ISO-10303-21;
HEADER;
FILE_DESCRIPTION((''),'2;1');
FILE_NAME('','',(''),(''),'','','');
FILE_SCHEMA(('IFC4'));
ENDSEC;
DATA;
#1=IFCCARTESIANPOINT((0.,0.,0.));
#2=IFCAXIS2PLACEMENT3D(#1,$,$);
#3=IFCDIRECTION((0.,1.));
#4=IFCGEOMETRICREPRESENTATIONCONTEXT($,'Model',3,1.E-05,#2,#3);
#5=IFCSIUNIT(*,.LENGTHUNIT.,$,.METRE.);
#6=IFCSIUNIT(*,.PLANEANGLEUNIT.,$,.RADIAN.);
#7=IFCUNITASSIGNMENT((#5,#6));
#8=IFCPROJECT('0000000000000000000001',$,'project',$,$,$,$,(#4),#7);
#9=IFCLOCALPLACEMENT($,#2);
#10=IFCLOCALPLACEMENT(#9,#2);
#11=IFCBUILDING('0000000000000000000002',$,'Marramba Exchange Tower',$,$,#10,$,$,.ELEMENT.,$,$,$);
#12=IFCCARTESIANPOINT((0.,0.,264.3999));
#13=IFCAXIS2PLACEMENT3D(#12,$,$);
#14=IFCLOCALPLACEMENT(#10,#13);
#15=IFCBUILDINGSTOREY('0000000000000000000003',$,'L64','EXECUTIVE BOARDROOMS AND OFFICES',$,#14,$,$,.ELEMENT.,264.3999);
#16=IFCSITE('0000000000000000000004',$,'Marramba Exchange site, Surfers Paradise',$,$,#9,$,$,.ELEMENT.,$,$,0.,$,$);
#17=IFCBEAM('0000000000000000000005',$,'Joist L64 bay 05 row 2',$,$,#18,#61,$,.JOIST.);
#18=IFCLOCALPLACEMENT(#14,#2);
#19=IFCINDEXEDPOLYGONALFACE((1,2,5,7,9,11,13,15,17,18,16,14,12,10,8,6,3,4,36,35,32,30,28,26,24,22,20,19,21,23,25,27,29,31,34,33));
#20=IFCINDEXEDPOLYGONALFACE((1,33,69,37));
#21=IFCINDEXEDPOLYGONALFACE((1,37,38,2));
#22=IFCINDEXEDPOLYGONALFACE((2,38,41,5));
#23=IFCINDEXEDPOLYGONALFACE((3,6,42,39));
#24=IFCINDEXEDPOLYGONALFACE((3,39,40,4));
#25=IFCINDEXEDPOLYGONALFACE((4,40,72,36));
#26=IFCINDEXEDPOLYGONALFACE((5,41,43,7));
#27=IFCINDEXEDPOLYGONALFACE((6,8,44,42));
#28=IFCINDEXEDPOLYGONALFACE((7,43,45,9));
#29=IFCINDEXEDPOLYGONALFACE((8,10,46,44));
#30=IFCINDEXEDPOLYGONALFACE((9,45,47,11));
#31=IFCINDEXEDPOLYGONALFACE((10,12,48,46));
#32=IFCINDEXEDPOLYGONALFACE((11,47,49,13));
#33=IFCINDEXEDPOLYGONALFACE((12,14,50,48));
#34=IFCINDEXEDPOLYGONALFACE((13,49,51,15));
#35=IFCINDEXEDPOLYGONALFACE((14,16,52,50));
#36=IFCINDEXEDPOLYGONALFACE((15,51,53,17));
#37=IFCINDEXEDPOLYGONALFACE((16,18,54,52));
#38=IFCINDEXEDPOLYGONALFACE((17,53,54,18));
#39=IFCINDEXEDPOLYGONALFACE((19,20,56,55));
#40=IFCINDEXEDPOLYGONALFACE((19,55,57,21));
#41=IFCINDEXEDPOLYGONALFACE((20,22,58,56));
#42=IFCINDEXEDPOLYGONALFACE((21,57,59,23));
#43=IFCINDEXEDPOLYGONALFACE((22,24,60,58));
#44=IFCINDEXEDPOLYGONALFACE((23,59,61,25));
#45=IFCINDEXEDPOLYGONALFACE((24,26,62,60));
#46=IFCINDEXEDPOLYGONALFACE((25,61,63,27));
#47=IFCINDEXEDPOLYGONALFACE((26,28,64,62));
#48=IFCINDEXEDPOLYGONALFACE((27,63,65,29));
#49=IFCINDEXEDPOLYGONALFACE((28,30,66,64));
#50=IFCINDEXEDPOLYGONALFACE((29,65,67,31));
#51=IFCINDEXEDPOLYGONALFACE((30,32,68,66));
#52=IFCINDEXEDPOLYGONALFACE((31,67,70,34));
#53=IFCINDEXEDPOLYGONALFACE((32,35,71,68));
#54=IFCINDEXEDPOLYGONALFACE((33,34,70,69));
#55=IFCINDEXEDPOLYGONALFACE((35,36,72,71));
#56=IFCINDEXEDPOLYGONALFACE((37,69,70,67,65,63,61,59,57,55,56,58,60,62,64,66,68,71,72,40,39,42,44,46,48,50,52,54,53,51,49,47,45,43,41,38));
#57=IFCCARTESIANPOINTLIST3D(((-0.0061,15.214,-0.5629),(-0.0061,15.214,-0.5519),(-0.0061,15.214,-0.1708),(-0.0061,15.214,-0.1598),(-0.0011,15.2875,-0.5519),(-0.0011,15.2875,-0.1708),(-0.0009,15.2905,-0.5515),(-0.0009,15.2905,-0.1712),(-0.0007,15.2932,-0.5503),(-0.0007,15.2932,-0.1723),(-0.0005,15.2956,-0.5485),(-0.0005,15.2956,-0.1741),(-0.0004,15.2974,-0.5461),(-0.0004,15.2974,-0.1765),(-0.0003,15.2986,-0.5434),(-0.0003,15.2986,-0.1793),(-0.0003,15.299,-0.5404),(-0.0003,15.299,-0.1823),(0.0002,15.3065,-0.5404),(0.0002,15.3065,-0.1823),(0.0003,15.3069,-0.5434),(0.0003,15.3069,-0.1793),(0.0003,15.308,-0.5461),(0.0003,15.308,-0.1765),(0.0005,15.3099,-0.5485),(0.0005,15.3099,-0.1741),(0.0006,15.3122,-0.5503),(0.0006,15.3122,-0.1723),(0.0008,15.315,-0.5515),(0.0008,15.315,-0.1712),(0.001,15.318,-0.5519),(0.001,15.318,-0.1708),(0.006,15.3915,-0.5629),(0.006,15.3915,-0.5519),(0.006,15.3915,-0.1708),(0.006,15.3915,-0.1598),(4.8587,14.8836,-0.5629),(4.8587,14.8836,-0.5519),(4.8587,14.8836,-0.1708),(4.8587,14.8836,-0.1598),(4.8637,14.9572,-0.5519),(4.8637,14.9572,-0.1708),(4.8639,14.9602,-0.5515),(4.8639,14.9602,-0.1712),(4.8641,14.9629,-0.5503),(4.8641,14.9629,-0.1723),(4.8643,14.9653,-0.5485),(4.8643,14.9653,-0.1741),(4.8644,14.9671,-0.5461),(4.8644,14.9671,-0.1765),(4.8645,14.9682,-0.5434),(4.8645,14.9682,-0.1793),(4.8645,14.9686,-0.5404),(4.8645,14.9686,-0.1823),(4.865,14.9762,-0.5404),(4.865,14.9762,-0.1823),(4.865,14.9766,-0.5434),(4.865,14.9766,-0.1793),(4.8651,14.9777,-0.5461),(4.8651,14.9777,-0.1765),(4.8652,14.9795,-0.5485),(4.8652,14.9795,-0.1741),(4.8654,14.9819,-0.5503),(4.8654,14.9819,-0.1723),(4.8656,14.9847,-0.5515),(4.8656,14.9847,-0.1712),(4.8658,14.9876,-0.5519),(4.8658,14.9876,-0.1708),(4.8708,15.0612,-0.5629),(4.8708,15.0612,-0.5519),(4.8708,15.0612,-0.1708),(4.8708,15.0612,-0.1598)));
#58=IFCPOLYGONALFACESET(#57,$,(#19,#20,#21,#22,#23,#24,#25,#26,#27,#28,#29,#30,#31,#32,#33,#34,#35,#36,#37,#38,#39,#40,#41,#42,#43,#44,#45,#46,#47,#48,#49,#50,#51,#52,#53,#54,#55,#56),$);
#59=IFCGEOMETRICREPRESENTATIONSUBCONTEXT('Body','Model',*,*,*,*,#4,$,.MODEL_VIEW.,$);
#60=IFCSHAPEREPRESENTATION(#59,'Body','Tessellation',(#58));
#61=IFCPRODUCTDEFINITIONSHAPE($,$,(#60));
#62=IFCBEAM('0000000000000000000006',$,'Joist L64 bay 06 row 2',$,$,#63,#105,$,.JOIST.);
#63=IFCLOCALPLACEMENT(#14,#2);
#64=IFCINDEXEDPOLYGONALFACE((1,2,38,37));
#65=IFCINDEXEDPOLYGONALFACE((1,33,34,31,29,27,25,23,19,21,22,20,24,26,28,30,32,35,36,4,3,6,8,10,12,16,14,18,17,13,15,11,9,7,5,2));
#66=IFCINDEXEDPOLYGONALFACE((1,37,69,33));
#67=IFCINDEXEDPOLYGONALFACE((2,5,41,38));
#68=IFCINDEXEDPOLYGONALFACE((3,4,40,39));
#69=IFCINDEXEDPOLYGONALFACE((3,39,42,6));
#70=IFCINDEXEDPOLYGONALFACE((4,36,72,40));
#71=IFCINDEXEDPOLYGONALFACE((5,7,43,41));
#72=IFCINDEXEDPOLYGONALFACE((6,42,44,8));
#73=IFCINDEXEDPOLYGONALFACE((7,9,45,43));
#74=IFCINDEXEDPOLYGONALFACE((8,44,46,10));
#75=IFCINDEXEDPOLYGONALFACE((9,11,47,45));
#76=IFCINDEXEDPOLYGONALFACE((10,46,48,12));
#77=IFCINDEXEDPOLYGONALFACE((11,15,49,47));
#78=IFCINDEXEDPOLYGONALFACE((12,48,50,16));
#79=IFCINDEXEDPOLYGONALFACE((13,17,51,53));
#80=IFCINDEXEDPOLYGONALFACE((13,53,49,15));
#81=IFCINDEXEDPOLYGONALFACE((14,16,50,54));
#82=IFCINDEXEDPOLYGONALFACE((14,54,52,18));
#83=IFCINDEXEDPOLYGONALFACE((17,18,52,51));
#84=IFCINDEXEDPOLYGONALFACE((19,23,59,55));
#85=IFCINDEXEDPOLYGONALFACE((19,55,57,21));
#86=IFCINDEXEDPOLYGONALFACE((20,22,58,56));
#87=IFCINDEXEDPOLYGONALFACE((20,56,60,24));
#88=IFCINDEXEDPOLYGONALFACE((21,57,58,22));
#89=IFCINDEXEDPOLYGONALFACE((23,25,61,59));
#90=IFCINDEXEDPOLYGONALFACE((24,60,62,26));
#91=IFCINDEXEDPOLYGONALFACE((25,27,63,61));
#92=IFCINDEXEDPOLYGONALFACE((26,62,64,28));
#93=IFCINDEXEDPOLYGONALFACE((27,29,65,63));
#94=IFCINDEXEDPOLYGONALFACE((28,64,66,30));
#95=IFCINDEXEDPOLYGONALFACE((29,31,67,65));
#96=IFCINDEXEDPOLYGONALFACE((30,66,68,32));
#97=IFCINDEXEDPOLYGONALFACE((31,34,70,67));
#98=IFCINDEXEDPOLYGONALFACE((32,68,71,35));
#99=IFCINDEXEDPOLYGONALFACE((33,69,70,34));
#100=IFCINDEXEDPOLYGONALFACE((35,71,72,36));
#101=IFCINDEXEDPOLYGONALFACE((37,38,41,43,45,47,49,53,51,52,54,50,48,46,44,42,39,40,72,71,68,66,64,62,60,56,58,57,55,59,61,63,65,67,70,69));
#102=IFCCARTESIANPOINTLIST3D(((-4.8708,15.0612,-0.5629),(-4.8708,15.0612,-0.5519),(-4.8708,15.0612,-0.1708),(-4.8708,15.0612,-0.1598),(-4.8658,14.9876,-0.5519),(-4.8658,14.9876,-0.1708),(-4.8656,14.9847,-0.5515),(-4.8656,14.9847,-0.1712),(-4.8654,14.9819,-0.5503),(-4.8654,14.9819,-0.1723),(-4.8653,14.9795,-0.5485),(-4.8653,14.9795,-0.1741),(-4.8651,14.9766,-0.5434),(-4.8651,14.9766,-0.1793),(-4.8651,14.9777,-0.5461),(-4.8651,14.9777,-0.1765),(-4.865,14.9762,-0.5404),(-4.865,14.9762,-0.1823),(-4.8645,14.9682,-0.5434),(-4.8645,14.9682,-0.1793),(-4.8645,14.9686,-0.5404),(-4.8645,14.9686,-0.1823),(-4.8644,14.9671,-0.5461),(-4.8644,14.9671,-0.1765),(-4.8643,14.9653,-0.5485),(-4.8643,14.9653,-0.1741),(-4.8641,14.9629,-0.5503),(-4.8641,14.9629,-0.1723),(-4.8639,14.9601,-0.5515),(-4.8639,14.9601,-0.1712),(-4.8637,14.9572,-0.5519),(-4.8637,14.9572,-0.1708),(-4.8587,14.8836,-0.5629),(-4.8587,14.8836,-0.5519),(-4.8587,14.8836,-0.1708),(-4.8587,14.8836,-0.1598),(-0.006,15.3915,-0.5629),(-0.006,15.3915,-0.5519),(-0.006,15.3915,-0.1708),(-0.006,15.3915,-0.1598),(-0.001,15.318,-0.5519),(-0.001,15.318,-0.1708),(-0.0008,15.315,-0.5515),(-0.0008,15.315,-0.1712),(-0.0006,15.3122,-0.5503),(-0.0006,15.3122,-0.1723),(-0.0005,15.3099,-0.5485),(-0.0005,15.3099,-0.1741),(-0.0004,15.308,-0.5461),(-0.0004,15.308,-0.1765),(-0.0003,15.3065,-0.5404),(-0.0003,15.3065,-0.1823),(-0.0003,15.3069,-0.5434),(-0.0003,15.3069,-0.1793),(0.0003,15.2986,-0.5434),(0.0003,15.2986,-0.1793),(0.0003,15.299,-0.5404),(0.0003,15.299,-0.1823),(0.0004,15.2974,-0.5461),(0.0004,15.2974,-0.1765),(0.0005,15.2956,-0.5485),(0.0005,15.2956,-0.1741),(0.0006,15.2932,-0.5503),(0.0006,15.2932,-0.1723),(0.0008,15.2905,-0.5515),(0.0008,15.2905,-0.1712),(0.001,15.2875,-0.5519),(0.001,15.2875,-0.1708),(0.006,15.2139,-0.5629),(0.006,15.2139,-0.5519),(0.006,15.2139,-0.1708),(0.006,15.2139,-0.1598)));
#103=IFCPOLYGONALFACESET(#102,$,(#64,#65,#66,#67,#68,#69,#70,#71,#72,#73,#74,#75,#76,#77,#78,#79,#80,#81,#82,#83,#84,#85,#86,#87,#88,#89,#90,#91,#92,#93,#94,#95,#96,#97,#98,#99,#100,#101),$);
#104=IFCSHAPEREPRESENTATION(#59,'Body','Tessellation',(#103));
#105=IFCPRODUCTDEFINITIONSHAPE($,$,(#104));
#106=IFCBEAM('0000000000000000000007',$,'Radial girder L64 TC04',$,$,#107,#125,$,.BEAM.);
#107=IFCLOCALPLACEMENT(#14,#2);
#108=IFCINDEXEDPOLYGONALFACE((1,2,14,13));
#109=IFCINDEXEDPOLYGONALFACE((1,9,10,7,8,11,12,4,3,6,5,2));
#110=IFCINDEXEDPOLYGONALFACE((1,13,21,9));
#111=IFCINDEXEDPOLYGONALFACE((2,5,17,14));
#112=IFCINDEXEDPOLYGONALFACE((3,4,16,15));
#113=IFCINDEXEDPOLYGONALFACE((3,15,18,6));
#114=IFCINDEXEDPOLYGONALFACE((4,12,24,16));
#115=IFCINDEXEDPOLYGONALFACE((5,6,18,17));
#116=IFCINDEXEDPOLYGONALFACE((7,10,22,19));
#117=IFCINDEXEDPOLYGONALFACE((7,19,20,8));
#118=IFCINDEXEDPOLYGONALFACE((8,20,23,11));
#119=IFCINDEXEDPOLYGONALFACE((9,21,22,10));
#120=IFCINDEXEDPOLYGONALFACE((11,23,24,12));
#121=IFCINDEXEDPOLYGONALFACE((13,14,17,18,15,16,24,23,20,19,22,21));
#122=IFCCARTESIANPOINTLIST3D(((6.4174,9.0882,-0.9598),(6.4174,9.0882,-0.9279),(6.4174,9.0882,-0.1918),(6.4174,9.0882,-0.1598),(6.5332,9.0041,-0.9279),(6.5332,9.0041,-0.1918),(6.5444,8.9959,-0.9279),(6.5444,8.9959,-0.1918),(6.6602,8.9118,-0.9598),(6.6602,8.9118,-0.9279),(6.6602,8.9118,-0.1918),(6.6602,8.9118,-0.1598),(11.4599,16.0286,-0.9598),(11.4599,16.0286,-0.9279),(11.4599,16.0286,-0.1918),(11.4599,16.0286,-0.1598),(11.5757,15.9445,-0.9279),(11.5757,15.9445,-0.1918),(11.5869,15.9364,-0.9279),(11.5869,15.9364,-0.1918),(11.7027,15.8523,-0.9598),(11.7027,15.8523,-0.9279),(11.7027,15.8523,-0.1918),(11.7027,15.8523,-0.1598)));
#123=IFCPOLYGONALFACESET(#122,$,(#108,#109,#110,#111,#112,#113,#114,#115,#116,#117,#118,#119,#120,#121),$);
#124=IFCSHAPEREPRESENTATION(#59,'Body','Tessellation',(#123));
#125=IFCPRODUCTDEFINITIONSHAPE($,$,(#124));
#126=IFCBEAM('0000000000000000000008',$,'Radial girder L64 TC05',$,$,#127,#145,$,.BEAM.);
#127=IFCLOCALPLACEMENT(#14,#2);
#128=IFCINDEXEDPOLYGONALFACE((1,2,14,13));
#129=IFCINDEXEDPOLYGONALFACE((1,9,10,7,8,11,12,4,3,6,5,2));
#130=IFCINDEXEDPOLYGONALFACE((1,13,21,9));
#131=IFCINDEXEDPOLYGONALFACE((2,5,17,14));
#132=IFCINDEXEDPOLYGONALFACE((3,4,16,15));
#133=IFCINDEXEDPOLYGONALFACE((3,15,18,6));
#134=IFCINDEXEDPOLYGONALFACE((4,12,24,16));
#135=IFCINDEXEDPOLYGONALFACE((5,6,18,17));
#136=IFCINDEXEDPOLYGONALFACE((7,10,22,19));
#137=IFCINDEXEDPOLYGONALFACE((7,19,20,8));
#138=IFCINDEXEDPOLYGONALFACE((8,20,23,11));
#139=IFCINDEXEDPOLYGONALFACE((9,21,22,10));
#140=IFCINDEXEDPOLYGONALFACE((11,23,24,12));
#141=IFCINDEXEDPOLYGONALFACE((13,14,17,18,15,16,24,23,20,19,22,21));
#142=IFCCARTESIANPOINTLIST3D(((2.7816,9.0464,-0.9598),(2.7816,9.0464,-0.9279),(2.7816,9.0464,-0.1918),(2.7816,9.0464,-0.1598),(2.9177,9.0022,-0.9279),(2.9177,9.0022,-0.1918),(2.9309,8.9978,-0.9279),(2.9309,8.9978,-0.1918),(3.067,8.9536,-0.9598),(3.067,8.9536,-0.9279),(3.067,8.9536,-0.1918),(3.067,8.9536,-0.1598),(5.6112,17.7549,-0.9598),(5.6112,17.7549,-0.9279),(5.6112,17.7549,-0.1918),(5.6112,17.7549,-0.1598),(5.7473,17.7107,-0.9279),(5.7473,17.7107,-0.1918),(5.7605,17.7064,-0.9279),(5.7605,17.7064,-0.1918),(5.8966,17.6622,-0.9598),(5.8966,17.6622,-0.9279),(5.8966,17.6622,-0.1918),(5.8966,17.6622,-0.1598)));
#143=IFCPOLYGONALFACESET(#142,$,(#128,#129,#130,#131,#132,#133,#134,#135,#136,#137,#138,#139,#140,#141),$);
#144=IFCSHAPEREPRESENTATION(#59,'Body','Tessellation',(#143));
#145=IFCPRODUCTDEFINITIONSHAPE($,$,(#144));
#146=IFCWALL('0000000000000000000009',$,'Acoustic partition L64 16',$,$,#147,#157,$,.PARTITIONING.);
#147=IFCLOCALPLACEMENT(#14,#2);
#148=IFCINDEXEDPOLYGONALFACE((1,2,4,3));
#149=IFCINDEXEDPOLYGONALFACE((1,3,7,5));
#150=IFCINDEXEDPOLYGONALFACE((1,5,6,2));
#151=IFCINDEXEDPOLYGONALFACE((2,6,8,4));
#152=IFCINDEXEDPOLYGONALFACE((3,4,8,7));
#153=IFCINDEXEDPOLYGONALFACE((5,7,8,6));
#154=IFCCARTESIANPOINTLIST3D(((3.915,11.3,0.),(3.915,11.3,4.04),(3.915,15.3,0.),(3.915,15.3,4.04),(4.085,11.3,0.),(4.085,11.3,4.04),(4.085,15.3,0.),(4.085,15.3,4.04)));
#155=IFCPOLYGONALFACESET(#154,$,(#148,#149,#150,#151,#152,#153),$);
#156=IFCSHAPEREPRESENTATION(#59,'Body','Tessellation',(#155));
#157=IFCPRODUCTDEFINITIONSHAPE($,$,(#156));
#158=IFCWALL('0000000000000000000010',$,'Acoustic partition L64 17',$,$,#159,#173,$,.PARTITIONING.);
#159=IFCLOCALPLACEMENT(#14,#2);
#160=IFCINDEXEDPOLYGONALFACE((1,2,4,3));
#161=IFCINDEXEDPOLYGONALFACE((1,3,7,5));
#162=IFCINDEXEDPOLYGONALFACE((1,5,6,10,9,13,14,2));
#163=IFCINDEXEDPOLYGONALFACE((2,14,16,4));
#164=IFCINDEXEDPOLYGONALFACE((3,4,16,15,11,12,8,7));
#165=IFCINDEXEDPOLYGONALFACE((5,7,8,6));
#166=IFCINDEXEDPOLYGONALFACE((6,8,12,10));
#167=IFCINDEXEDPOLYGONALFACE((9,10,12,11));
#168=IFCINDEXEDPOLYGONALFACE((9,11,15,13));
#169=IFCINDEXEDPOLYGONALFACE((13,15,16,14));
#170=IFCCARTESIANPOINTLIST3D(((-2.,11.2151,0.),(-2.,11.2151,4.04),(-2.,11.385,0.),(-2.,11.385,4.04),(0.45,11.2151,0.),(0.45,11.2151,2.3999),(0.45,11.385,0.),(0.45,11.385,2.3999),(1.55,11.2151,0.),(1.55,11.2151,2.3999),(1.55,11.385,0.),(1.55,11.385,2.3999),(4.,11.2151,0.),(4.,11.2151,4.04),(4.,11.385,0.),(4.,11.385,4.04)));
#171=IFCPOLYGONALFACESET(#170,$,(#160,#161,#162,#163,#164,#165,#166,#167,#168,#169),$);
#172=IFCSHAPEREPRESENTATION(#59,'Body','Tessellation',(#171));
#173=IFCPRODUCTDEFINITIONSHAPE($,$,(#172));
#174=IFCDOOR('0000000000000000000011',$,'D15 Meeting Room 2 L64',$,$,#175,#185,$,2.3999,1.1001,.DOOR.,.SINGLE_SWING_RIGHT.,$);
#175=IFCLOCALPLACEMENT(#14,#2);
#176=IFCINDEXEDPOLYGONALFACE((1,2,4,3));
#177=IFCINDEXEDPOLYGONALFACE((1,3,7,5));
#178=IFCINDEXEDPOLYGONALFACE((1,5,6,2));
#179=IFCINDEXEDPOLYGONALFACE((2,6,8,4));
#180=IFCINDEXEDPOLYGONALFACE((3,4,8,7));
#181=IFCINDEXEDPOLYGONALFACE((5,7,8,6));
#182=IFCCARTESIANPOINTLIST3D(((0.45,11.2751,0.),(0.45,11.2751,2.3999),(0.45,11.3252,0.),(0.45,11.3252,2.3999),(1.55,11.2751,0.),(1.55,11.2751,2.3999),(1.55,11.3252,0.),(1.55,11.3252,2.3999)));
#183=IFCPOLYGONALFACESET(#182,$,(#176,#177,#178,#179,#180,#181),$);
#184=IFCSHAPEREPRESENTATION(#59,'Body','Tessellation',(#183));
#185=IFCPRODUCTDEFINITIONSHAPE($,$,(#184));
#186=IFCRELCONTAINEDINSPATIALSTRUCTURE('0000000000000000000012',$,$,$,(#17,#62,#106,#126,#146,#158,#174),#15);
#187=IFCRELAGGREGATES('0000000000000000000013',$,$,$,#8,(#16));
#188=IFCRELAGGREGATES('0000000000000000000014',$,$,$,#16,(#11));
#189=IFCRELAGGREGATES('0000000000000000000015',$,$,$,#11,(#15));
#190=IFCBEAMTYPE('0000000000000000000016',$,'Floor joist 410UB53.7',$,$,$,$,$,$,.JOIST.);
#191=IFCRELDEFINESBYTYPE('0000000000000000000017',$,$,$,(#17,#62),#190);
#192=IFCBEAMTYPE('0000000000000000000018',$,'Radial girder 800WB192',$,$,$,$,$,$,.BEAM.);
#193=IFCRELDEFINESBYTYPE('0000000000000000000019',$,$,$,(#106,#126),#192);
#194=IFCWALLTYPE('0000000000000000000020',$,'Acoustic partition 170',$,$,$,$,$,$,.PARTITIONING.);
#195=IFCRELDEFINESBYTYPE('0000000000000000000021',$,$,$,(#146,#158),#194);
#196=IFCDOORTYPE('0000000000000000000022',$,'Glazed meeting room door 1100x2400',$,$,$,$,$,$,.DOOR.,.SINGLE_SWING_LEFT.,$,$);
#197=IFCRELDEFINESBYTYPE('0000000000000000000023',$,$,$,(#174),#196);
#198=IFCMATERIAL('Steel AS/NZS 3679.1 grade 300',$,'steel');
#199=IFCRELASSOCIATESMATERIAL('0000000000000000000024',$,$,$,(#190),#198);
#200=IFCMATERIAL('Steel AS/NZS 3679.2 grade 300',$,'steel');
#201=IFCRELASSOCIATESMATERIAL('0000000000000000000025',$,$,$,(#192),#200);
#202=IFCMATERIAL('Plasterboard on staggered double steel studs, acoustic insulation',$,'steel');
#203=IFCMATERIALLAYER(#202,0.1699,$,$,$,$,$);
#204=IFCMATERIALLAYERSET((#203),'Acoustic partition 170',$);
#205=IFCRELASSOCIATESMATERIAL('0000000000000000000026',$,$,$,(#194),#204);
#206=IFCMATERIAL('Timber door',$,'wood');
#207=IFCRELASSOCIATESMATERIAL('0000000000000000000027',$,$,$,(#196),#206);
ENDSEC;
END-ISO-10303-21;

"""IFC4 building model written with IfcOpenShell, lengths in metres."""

from ifc_helpers import new_model, si_unit, direction, frame, frame_2d, origin, origin_2d, place, context, subcontext, project, spatial, rectangle, i_section, extrude, material, layer, layer_set, material_profile, profile_set, type_object, element, fill, save


model = new_model("IFC4")

# Units and contexts
model_context = context("Model", 3, precision=1e-05, world=origin(), true_north=direction((0.0, 1.0)))
body_context = subcontext(model_context, "Body", "Model", "MODEL_VIEW")
ifc_project = project(units=[si_unit("LENGTHUNIT", "METRE"), si_unit("PLANEANGLEUNIT", "RADIAN")], contexts=[model_context])

# Site, building, storey
site_placement = place(None, origin())
site = spatial("IfcSite", under=ifc_project, at=site_placement, Name="Marramba Exchange site, Surfers Paradise", CompositionType="ELEMENT", RefElevation=0.0)
building_placement = place(site_placement, origin())
building = spatial("IfcBuilding", under=site, at=building_placement, Name="Marramba Exchange Tower", CompositionType="ELEMENT")
storey_placement = place(building_placement, frame((0.0, 0.0, 264.3999)))
storey = spatial("IfcBuildingStorey", under=building, at=storey_placement, Name="L64", Description="EXECUTIVE BOARDROOMS AND OFFICES", CompositionType="ELEMENT", Elevation=264.3999)

# Beams
ifc_material_1 = material(Name="Steel AS/NZS 3679.1 grade 300", Category="steel")
ifc_material_profile_1 = material_profile(ifc_material_1, i_section(OverallWidth=0.178, OverallDepth=0.4031, WebThickness=0.0076, FlangeThickness=0.011, FilletRadius=0.0115, at=origin_2d()), Name="410UB53.7")
ifc_profile_set_1 = profile_set([ifc_material_profile_1], Name="Steel AS/NZS 3679.1 grade 300")
beam_type_1 = type_object("IfcBeamType", Name="Floor joist 410UB53.7", PredefinedType="JOIST", material=ifc_profile_set_1)
for number, where, z_axis, x_axis, name in (
    (1, (4.8647, 14.9724, -0.3613), (-0.997703, 0.067745, 0.0), (-0.067745, -0.997703, 0.0), "Joist L64 bay 05 row 2"),
    (2, (0.0, 15.3027, -0.3613), (-0.997703, -0.067745, 0.0), (0.067745, -0.997703, 0.0), "Joist L64 bay 06 row 2"),
):
    element("IfcBeam", number, at=place(storey_placement, frame(where, z_axis=z_axis, x_axis=x_axis)), inside=storey, type_object=beam_type_1, Name=name, PredefinedType="JOIST", context=body_context, shape_type="SweptSolid", body=[
        extrude(i_section(OverallWidth=0.178, OverallDepth=0.4031, WebThickness=0.0076, FlangeThickness=0.011, FilletRadius=0.0115, at=origin_2d()), origin(), (0.0, 0.0, 1.0), 4.876),
    ])
ifc_material_2 = material(Name="Steel AS/NZS 3679.2 grade 300", Category="steel")
ifc_material_profile_2 = material_profile(ifc_material_2, i_section(OverallWidth=0.3, OverallDepth=0.8, WebThickness=0.0139, FlangeThickness=0.032, at=origin_2d()), Name="800WB192")
ifc_profile_set_2 = profile_set([ifc_material_profile_2], Name="Steel AS/NZS 3679.2 grade 300")
beam_type_2 = type_object("IfcBeamType", Name="Radial girder 800WB192", PredefinedType="BEAM", material=ifc_profile_set_2)
beam_1_placement = place(storey_placement, frame((6.5388, 9.0, -0.5598), z_axis=(0.587782, 0.809019, 0.0), x_axis=(-0.809019, 0.587782, 0.0)))
element("IfcBeam", 3, at=beam_1_placement, inside=storey, type_object=beam_type_2, Name="Radial girder L64 TC04", PredefinedType="BEAM", context=body_context, shape_type="SweptSolid", body=[
    extrude(i_section(OverallWidth=0.3, OverallDepth=0.8, WebThickness=0.0139, FlangeThickness=0.032, at=origin_2d()), origin(), (0.0, 0.0, 1.0), 8.5789),
])
beam_2_placement = place(storey_placement, frame((2.9243, 9.0, -0.5598), z_axis=(0.30902, 0.951056, 0.0), x_axis=(-0.951056, 0.30902, 0.0)))
element("IfcBeam", 4, at=beam_2_placement, inside=storey, type_object=beam_type_2, Name="Radial girder L64 TC05", PredefinedType="BEAM", context=body_context, shape_type="SweptSolid", body=[
    extrude(i_section(OverallWidth=0.3, OverallDepth=0.8, WebThickness=0.0139, FlangeThickness=0.032, at=origin_2d()), origin(), (0.0, 0.0, 1.0), 9.1567),
])

# Wall
ifc_material_3 = material(Name="Plasterboard on staggered double steel studs, acoustic insulation", Category="steel")
ifc_layer_1 = layer(ifc_material_3, 0.1699)
ifc_layer_set_1 = layer_set([ifc_layer_1], Name="Acoustic partition 170")
wall_type_1 = type_object("IfcWallType", Name="Acoustic partition 170", PredefinedType="PARTITIONING", material=ifc_layer_set_1)
wall_1_placement = place(storey_placement, frame((4.0, 15.3, 0.0), z_axis=(0.0, 0.0, 1.0), x_axis=(0.0, -1.0, 0.0)))
element("IfcWall", 5, at=wall_1_placement, inside=storey, type_object=wall_type_1, Name="Acoustic partition L64 16", PredefinedType="PARTITIONING", context=body_context, shape_type="SweptSolid", body=[
    extrude(rectangle(XDim=4.0, YDim=0.1699, at=frame_2d((2.0, 0.0))), origin(), (0.0, 0.0, 1.0), 4.04),
])

# Wall, opening, door
wall_2_placement = place(storey_placement, frame((4.0, 11.3, 0.0), z_axis=(0.0, 0.0, 1.0), x_axis=(-1.0, 0.0, 0.0)))
wall_2 = element("IfcWall", 6, at=wall_2_placement, inside=storey, type_object=wall_type_1, Name="Acoustic partition L64 17", PredefinedType="PARTITIONING", context=body_context, shape_type="SweptSolid", body=[
    extrude(rectangle(XDim=6.0, YDim=0.1699, at=frame_2d((3.0, 0.0))), origin(), (0.0, 0.0, 1.0), 4.04),
])
opening_1_placement = place(wall_2_placement, frame((2.45, 0.0, 0.0)))
opening_1 = element("IfcOpeningElement", 7, at=opening_1_placement, cuts=wall_2, PredefinedType="OPENING", context=body_context, shape_type="SweptSolid", body=[
    extrude(rectangle(XDim=1.1001, YDim=2.3999, at=frame_2d((0.55, 1.2))), frame((0.0, 0.095, 0.0), z_axis=(0.0, -1.0, 0.0), x_axis=(1.0, 0.0, 0.0)), (0.0, 0.0, 1.0), 0.1899),
])
ifc_material_4 = material(Name="Timber door", Category="wood")
door_type_1 = type_object("IfcDoorType", Name="Glazed meeting room door 1100x2400", OperationType="SINGLE_SWING_LEFT", PredefinedType="DOOR", material=ifc_material_4)
door_1_placement = place(opening_1_placement, frame((1.1001, 0.0, 0.0), z_axis=(0.0, 0.0, 1.0), x_axis=(-1.0, 0.0, 0.0)))
door_1 = element("IfcDoor", 8, at=door_1_placement, inside=storey, type_object=door_type_1, Name="D15 Meeting Room 2 L64", OperationType="SINGLE_SWING_RIGHT", OverallHeight=2.3999, OverallWidth=1.1001, PredefinedType="DOOR", context=body_context, shape_type="SweptSolid", body=[
    extrude(rectangle(XDim=1.1001, YDim=2.3999, at=frame_2d((0.55, 1.2))), frame((0.0, 0.0251, 0.0), z_axis=(0.0, -1.0, 0.0), x_axis=(1.0, 0.0, 0.0)), (0.0, 0.0, 1.0), 0.05),
])
fill(opening_1, door_1)

save(model, "model.ifc")
